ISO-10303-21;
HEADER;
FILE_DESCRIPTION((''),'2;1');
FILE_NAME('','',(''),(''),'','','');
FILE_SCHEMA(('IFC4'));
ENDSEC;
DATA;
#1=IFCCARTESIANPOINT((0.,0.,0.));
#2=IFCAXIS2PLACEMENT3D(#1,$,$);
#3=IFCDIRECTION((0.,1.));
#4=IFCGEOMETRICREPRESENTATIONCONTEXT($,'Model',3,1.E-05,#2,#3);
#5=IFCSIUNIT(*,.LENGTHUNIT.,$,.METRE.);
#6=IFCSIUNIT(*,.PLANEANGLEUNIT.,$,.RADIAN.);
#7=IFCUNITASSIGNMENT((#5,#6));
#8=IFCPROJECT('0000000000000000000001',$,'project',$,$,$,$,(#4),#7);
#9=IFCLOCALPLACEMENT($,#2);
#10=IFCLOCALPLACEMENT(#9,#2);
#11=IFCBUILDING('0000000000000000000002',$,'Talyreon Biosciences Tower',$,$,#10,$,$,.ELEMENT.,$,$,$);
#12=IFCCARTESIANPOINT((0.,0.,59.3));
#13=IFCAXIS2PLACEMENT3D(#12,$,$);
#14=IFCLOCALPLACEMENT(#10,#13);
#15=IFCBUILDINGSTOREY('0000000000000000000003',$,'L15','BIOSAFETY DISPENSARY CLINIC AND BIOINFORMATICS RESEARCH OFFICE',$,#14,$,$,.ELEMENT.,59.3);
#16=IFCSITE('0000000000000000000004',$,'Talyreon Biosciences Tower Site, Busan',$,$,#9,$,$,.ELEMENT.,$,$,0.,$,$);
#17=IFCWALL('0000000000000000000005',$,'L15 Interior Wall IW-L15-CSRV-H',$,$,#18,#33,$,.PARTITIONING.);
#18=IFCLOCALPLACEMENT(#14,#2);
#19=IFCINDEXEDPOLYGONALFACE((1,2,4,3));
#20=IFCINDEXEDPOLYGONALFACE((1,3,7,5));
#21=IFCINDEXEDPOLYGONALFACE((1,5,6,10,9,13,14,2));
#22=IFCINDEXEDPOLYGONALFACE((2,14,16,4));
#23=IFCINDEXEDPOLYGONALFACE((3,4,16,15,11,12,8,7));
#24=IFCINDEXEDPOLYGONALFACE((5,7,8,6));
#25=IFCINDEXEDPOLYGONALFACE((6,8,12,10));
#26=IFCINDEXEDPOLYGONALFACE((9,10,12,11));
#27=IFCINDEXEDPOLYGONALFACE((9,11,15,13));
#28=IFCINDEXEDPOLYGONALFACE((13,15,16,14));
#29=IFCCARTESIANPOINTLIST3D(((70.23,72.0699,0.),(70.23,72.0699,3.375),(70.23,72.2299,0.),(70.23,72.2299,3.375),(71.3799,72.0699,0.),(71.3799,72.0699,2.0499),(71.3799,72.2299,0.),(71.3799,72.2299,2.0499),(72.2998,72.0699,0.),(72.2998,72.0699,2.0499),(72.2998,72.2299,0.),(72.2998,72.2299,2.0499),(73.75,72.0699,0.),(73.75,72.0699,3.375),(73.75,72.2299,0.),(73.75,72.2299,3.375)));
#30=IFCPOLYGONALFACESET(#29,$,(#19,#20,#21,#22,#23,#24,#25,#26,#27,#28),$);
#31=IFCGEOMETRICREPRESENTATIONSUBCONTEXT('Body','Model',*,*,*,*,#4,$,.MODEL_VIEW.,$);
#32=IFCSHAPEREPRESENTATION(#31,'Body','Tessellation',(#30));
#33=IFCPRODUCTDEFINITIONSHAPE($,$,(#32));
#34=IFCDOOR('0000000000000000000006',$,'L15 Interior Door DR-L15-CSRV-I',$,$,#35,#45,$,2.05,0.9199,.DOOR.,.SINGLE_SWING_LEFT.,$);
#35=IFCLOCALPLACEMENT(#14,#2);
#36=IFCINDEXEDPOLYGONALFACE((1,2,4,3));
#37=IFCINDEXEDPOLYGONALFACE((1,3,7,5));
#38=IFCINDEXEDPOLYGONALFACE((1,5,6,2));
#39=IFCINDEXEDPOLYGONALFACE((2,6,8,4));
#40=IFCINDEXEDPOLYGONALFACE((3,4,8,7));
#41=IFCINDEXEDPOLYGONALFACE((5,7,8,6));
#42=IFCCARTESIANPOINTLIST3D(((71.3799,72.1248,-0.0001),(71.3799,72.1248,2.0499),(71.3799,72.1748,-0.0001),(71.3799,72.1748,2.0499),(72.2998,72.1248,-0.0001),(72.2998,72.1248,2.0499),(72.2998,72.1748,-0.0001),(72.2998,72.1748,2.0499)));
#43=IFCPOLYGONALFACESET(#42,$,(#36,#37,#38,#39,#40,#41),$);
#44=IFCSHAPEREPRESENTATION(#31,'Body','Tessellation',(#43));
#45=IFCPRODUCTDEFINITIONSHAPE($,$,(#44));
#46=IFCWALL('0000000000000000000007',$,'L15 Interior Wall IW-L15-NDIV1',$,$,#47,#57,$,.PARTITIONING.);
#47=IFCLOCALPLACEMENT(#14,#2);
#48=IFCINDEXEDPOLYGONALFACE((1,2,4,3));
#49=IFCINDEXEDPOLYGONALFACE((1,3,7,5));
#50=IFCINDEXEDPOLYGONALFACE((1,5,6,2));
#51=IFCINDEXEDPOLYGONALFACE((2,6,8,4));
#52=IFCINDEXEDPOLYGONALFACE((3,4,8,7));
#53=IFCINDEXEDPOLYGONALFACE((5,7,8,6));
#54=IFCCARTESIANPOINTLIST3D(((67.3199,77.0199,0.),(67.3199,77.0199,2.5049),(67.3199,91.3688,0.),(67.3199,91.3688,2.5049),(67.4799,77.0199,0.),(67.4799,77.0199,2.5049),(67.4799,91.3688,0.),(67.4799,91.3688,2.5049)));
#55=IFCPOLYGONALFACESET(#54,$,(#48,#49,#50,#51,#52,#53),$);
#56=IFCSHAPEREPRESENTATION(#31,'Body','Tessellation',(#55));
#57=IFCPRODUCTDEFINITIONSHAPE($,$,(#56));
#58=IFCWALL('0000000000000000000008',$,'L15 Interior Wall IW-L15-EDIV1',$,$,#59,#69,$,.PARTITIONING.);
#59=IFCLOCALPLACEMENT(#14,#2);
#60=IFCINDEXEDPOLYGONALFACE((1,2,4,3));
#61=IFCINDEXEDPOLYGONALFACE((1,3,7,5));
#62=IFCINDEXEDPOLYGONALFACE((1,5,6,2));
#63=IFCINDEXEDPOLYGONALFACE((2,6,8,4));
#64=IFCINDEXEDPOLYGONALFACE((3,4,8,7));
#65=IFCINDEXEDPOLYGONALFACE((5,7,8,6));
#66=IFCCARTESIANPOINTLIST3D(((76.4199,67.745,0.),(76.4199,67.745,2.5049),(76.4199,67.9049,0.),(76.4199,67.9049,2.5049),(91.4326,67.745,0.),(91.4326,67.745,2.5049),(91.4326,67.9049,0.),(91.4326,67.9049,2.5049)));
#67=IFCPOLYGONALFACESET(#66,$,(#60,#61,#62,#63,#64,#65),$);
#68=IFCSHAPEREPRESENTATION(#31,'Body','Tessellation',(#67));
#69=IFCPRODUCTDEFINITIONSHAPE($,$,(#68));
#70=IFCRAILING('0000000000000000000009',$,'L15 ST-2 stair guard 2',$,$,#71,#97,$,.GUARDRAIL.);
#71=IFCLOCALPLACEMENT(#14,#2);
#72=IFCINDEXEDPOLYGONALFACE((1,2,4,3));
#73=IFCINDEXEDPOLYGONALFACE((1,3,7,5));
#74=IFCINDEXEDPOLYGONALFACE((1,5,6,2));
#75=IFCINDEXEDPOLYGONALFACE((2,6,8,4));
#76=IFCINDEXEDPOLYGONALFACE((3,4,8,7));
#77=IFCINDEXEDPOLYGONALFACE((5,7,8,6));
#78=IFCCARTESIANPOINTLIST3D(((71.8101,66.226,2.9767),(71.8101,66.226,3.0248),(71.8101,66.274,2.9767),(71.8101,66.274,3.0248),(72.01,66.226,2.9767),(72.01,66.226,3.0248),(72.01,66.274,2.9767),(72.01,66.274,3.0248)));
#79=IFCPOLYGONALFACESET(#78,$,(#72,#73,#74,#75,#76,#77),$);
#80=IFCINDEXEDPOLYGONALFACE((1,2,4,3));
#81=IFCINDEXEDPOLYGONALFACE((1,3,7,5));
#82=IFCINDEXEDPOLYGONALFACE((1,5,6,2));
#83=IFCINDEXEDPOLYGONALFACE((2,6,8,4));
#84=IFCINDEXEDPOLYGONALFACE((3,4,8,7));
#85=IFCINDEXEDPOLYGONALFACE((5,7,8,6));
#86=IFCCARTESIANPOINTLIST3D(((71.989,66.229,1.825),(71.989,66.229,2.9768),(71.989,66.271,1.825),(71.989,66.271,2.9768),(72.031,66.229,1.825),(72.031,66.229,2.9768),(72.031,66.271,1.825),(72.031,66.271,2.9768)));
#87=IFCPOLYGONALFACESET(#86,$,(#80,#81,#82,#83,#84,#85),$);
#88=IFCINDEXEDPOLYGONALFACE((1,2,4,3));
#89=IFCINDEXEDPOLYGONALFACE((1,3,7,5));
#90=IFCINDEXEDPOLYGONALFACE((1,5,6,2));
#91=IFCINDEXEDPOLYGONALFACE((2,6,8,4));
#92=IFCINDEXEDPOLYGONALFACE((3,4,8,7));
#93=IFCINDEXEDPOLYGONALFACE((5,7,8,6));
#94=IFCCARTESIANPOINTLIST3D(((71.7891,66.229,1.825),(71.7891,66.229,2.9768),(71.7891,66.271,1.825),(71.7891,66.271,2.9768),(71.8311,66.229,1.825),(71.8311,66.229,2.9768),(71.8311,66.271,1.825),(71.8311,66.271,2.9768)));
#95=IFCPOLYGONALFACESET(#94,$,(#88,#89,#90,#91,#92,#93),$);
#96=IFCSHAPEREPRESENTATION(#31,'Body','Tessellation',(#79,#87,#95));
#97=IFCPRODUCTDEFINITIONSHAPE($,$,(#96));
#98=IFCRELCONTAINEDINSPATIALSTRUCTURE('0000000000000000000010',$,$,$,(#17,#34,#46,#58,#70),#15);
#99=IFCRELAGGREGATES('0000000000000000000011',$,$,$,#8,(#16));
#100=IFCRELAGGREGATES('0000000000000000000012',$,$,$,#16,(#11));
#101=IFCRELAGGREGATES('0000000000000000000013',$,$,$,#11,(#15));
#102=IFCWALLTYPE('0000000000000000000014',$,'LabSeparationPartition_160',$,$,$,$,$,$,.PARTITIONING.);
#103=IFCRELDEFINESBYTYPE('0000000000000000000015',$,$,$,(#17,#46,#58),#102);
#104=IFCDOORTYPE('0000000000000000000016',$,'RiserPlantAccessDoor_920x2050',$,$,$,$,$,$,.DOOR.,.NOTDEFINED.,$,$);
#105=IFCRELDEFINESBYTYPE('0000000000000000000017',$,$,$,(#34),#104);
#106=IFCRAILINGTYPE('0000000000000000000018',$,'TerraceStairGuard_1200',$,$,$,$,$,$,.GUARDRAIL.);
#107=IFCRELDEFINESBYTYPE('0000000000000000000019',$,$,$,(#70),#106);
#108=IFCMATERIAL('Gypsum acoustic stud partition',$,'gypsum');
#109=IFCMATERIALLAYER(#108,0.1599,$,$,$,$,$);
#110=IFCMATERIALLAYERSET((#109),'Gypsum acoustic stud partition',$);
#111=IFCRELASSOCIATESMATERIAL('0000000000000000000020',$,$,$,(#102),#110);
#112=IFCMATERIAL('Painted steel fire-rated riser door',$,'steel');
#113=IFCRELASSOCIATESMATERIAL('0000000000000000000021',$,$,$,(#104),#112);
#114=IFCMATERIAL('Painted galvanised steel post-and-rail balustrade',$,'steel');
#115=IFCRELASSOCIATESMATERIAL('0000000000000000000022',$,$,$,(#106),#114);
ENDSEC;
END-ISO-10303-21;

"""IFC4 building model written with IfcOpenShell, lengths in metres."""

from ifc_helpers import new_model, si_unit, direction, frame, frame_2d, origin, origin_2d, place, context, subcontext, project, spatial, rectangle, extrude, material, layer, layer_set, type_object, element, fill, save


model = new_model("IFC4")

# Units and contexts
model_context = context("Model", 3, precision=1e-05, world=origin(), true_north=direction((0.0, 1.0)))
body_context = subcontext(model_context, "Body", "Model", "MODEL_VIEW")
ifc_project = project(units=[si_unit("LENGTHUNIT", "METRE"), si_unit("PLANEANGLEUNIT", "RADIAN")], contexts=[model_context])

# Site, building, storey
site_placement = place(None, origin())
site = spatial("IfcSite", under=ifc_project, at=site_placement, Name="Talyreon Biosciences Tower Site, Busan", CompositionType="ELEMENT", RefElevation=0.0)
building_placement = place(site_placement, origin())
building = spatial("IfcBuilding", under=site, at=building_placement, Name="Talyreon Biosciences Tower", CompositionType="ELEMENT")
storey_placement = place(building_placement, frame((0.0, 0.0, 59.3)))
storey = spatial("IfcBuildingStorey", under=building, at=storey_placement, Name="L15", Description="BIOSAFETY DISPENSARY CLINIC AND BIOINFORMATICS RESEARCH OFFICE", CompositionType="ELEMENT", Elevation=59.3)

# Wall, opening, door
ifc_material_1 = material(Name="Gypsum acoustic stud partition", Category="gypsum")
ifc_layer_1 = layer(ifc_material_1, 0.1599)
ifc_layer_set_1 = layer_set([ifc_layer_1], Name="Gypsum acoustic stud partition")
wall_type_1 = type_object("IfcWallType", Name="LabSeparationPartition_160", PredefinedType="PARTITIONING", material=ifc_layer_set_1)
wall_1_placement = place(storey_placement, frame((70.23, 72.1499, 0.0), z_axis=(0.0, 0.0, 1.0), x_axis=(1.0, 0.0, 0.0)))
wall_1 = element("IfcWall", 1, at=wall_1_placement, inside=storey, type_object=wall_type_1, Name="L15 Interior Wall IW-L15-CSRV-H", PredefinedType="PARTITIONING", context=body_context, shape_type="SweptSolid", body=[
    extrude(rectangle(XDim=3.52, YDim=0.1599, at=frame_2d((1.76, 0.0))), origin(), (0.0, 0.0, 1.0), 3.375),
])
opening_placement = place(wall_1_placement, frame((1.1499, 0.0, 0.0)))
opening = element("IfcOpeningElement", 2, at=opening_placement, cuts=wall_1, PredefinedType="OPENING", context=body_context, shape_type="SweptSolid", body=[
    extrude(rectangle(XDim=0.9199, YDim=2.05, at=frame_2d((0.46, 1.0249))), frame((0.0, 0.0898, 0.0), z_axis=(0.0, -1.0, 0.0), x_axis=(1.0, 0.0, 0.0)), (0.0, 0.0, 1.0), 0.1799),
])
ifc_material_2 = material(Name="Painted steel fire-rated riser door", Category="steel")
door_type = type_object("IfcDoorType", Name="RiserPlantAccessDoor_920x2050", OperationType="NOTDEFINED", PredefinedType="DOOR", material=ifc_material_2)
door_placement = place(opening_placement, origin())
door = element("IfcDoor", 3, at=door_placement, inside=storey, type_object=door_type, Name="L15 Interior Door DR-L15-CSRV-I", OperationType="SINGLE_SWING_LEFT", OverallHeight=2.05, OverallWidth=0.9199, PredefinedType="DOOR", context=body_context, shape_type="SweptSolid", body=[
    extrude(rectangle(XDim=0.9199, YDim=2.05, at=frame_2d((0.46, 1.0249))), frame((0.0, 0.0249, 0.0), z_axis=(0.0, -1.0, 0.0), x_axis=(1.0, 0.0, 0.0)), (0.0, 0.0, 1.0), 0.05),
])
fill(opening, door)

# Walls
wall_2_placement = place(storey_placement, frame((67.3999, 77.02, 0.0), z_axis=(0.0, 0.0, 1.0), x_axis=(0.0, 1.0, 0.0)))
element("IfcWall", 4, at=wall_2_placement, inside=storey, type_object=wall_type_1, Name="L15 Interior Wall IW-L15-NDIV1", PredefinedType="PARTITIONING", context=body_context, shape_type="SweptSolid", body=[
    extrude(rectangle(XDim=14.3489, YDim=0.1599, at=frame_2d((7.1743, 0.0))), origin(), (0.0, 0.0, 1.0), 2.5049),
])
wall_3_placement = place(storey_placement, frame((76.4199, 67.825, 0.0), z_axis=(0.0, 0.0, 1.0), x_axis=(1.0, 0.0, 0.0)))
element("IfcWall", 5, at=wall_3_placement, inside=storey, type_object=wall_type_1, Name="L15 Interior Wall IW-L15-EDIV1", PredefinedType="PARTITIONING", context=body_context, shape_type="SweptSolid", body=[
    extrude(rectangle(XDim=15.0127, YDim=0.1599, at=frame_2d((7.5063, 0.0))), origin(), (0.0, 0.0, 1.0), 2.5049),
])

# Railing
ifc_material_3 = material(Name="Painted galvanised steel post-and-rail balustrade", Category="steel")
railing_type = type_object("IfcRailingType", Name="TerraceStairGuard_1200", PredefinedType="GUARDRAIL", material=ifc_material_3)
railing_placement = place(storey_placement, frame((72.01, 66.25, 1.825)))
element("IfcRailing", 6, at=railing_placement, inside=storey, type_object=railing_type, Name="L15 ST-2 stair guard 2", PredefinedType="GUARDRAIL", context=body_context, shape_type="SweptSolid", body=[
    extrude(rectangle(XDim=0.0481, YDim=0.0481, at=origin_2d()), frame((0.0, 0.0, 1.1758), z_axis=(-1.0, 0.0, 0.0), x_axis=(0.0, -1.0, 0.0)), (0.0, 0.0, 1.0), 0.2),
    extrude(rectangle(XDim=0.042, YDim=0.042, at=origin_2d()), origin(), (0.0, 0.0, 1.0), 1.1519),
    extrude(rectangle(XDim=0.042, YDim=0.042, at=origin_2d()), frame((-0.2, 0.0, 0.0)), (0.0, 0.0, 1.0), 1.1519),
])

save(model, "model.ifc")
